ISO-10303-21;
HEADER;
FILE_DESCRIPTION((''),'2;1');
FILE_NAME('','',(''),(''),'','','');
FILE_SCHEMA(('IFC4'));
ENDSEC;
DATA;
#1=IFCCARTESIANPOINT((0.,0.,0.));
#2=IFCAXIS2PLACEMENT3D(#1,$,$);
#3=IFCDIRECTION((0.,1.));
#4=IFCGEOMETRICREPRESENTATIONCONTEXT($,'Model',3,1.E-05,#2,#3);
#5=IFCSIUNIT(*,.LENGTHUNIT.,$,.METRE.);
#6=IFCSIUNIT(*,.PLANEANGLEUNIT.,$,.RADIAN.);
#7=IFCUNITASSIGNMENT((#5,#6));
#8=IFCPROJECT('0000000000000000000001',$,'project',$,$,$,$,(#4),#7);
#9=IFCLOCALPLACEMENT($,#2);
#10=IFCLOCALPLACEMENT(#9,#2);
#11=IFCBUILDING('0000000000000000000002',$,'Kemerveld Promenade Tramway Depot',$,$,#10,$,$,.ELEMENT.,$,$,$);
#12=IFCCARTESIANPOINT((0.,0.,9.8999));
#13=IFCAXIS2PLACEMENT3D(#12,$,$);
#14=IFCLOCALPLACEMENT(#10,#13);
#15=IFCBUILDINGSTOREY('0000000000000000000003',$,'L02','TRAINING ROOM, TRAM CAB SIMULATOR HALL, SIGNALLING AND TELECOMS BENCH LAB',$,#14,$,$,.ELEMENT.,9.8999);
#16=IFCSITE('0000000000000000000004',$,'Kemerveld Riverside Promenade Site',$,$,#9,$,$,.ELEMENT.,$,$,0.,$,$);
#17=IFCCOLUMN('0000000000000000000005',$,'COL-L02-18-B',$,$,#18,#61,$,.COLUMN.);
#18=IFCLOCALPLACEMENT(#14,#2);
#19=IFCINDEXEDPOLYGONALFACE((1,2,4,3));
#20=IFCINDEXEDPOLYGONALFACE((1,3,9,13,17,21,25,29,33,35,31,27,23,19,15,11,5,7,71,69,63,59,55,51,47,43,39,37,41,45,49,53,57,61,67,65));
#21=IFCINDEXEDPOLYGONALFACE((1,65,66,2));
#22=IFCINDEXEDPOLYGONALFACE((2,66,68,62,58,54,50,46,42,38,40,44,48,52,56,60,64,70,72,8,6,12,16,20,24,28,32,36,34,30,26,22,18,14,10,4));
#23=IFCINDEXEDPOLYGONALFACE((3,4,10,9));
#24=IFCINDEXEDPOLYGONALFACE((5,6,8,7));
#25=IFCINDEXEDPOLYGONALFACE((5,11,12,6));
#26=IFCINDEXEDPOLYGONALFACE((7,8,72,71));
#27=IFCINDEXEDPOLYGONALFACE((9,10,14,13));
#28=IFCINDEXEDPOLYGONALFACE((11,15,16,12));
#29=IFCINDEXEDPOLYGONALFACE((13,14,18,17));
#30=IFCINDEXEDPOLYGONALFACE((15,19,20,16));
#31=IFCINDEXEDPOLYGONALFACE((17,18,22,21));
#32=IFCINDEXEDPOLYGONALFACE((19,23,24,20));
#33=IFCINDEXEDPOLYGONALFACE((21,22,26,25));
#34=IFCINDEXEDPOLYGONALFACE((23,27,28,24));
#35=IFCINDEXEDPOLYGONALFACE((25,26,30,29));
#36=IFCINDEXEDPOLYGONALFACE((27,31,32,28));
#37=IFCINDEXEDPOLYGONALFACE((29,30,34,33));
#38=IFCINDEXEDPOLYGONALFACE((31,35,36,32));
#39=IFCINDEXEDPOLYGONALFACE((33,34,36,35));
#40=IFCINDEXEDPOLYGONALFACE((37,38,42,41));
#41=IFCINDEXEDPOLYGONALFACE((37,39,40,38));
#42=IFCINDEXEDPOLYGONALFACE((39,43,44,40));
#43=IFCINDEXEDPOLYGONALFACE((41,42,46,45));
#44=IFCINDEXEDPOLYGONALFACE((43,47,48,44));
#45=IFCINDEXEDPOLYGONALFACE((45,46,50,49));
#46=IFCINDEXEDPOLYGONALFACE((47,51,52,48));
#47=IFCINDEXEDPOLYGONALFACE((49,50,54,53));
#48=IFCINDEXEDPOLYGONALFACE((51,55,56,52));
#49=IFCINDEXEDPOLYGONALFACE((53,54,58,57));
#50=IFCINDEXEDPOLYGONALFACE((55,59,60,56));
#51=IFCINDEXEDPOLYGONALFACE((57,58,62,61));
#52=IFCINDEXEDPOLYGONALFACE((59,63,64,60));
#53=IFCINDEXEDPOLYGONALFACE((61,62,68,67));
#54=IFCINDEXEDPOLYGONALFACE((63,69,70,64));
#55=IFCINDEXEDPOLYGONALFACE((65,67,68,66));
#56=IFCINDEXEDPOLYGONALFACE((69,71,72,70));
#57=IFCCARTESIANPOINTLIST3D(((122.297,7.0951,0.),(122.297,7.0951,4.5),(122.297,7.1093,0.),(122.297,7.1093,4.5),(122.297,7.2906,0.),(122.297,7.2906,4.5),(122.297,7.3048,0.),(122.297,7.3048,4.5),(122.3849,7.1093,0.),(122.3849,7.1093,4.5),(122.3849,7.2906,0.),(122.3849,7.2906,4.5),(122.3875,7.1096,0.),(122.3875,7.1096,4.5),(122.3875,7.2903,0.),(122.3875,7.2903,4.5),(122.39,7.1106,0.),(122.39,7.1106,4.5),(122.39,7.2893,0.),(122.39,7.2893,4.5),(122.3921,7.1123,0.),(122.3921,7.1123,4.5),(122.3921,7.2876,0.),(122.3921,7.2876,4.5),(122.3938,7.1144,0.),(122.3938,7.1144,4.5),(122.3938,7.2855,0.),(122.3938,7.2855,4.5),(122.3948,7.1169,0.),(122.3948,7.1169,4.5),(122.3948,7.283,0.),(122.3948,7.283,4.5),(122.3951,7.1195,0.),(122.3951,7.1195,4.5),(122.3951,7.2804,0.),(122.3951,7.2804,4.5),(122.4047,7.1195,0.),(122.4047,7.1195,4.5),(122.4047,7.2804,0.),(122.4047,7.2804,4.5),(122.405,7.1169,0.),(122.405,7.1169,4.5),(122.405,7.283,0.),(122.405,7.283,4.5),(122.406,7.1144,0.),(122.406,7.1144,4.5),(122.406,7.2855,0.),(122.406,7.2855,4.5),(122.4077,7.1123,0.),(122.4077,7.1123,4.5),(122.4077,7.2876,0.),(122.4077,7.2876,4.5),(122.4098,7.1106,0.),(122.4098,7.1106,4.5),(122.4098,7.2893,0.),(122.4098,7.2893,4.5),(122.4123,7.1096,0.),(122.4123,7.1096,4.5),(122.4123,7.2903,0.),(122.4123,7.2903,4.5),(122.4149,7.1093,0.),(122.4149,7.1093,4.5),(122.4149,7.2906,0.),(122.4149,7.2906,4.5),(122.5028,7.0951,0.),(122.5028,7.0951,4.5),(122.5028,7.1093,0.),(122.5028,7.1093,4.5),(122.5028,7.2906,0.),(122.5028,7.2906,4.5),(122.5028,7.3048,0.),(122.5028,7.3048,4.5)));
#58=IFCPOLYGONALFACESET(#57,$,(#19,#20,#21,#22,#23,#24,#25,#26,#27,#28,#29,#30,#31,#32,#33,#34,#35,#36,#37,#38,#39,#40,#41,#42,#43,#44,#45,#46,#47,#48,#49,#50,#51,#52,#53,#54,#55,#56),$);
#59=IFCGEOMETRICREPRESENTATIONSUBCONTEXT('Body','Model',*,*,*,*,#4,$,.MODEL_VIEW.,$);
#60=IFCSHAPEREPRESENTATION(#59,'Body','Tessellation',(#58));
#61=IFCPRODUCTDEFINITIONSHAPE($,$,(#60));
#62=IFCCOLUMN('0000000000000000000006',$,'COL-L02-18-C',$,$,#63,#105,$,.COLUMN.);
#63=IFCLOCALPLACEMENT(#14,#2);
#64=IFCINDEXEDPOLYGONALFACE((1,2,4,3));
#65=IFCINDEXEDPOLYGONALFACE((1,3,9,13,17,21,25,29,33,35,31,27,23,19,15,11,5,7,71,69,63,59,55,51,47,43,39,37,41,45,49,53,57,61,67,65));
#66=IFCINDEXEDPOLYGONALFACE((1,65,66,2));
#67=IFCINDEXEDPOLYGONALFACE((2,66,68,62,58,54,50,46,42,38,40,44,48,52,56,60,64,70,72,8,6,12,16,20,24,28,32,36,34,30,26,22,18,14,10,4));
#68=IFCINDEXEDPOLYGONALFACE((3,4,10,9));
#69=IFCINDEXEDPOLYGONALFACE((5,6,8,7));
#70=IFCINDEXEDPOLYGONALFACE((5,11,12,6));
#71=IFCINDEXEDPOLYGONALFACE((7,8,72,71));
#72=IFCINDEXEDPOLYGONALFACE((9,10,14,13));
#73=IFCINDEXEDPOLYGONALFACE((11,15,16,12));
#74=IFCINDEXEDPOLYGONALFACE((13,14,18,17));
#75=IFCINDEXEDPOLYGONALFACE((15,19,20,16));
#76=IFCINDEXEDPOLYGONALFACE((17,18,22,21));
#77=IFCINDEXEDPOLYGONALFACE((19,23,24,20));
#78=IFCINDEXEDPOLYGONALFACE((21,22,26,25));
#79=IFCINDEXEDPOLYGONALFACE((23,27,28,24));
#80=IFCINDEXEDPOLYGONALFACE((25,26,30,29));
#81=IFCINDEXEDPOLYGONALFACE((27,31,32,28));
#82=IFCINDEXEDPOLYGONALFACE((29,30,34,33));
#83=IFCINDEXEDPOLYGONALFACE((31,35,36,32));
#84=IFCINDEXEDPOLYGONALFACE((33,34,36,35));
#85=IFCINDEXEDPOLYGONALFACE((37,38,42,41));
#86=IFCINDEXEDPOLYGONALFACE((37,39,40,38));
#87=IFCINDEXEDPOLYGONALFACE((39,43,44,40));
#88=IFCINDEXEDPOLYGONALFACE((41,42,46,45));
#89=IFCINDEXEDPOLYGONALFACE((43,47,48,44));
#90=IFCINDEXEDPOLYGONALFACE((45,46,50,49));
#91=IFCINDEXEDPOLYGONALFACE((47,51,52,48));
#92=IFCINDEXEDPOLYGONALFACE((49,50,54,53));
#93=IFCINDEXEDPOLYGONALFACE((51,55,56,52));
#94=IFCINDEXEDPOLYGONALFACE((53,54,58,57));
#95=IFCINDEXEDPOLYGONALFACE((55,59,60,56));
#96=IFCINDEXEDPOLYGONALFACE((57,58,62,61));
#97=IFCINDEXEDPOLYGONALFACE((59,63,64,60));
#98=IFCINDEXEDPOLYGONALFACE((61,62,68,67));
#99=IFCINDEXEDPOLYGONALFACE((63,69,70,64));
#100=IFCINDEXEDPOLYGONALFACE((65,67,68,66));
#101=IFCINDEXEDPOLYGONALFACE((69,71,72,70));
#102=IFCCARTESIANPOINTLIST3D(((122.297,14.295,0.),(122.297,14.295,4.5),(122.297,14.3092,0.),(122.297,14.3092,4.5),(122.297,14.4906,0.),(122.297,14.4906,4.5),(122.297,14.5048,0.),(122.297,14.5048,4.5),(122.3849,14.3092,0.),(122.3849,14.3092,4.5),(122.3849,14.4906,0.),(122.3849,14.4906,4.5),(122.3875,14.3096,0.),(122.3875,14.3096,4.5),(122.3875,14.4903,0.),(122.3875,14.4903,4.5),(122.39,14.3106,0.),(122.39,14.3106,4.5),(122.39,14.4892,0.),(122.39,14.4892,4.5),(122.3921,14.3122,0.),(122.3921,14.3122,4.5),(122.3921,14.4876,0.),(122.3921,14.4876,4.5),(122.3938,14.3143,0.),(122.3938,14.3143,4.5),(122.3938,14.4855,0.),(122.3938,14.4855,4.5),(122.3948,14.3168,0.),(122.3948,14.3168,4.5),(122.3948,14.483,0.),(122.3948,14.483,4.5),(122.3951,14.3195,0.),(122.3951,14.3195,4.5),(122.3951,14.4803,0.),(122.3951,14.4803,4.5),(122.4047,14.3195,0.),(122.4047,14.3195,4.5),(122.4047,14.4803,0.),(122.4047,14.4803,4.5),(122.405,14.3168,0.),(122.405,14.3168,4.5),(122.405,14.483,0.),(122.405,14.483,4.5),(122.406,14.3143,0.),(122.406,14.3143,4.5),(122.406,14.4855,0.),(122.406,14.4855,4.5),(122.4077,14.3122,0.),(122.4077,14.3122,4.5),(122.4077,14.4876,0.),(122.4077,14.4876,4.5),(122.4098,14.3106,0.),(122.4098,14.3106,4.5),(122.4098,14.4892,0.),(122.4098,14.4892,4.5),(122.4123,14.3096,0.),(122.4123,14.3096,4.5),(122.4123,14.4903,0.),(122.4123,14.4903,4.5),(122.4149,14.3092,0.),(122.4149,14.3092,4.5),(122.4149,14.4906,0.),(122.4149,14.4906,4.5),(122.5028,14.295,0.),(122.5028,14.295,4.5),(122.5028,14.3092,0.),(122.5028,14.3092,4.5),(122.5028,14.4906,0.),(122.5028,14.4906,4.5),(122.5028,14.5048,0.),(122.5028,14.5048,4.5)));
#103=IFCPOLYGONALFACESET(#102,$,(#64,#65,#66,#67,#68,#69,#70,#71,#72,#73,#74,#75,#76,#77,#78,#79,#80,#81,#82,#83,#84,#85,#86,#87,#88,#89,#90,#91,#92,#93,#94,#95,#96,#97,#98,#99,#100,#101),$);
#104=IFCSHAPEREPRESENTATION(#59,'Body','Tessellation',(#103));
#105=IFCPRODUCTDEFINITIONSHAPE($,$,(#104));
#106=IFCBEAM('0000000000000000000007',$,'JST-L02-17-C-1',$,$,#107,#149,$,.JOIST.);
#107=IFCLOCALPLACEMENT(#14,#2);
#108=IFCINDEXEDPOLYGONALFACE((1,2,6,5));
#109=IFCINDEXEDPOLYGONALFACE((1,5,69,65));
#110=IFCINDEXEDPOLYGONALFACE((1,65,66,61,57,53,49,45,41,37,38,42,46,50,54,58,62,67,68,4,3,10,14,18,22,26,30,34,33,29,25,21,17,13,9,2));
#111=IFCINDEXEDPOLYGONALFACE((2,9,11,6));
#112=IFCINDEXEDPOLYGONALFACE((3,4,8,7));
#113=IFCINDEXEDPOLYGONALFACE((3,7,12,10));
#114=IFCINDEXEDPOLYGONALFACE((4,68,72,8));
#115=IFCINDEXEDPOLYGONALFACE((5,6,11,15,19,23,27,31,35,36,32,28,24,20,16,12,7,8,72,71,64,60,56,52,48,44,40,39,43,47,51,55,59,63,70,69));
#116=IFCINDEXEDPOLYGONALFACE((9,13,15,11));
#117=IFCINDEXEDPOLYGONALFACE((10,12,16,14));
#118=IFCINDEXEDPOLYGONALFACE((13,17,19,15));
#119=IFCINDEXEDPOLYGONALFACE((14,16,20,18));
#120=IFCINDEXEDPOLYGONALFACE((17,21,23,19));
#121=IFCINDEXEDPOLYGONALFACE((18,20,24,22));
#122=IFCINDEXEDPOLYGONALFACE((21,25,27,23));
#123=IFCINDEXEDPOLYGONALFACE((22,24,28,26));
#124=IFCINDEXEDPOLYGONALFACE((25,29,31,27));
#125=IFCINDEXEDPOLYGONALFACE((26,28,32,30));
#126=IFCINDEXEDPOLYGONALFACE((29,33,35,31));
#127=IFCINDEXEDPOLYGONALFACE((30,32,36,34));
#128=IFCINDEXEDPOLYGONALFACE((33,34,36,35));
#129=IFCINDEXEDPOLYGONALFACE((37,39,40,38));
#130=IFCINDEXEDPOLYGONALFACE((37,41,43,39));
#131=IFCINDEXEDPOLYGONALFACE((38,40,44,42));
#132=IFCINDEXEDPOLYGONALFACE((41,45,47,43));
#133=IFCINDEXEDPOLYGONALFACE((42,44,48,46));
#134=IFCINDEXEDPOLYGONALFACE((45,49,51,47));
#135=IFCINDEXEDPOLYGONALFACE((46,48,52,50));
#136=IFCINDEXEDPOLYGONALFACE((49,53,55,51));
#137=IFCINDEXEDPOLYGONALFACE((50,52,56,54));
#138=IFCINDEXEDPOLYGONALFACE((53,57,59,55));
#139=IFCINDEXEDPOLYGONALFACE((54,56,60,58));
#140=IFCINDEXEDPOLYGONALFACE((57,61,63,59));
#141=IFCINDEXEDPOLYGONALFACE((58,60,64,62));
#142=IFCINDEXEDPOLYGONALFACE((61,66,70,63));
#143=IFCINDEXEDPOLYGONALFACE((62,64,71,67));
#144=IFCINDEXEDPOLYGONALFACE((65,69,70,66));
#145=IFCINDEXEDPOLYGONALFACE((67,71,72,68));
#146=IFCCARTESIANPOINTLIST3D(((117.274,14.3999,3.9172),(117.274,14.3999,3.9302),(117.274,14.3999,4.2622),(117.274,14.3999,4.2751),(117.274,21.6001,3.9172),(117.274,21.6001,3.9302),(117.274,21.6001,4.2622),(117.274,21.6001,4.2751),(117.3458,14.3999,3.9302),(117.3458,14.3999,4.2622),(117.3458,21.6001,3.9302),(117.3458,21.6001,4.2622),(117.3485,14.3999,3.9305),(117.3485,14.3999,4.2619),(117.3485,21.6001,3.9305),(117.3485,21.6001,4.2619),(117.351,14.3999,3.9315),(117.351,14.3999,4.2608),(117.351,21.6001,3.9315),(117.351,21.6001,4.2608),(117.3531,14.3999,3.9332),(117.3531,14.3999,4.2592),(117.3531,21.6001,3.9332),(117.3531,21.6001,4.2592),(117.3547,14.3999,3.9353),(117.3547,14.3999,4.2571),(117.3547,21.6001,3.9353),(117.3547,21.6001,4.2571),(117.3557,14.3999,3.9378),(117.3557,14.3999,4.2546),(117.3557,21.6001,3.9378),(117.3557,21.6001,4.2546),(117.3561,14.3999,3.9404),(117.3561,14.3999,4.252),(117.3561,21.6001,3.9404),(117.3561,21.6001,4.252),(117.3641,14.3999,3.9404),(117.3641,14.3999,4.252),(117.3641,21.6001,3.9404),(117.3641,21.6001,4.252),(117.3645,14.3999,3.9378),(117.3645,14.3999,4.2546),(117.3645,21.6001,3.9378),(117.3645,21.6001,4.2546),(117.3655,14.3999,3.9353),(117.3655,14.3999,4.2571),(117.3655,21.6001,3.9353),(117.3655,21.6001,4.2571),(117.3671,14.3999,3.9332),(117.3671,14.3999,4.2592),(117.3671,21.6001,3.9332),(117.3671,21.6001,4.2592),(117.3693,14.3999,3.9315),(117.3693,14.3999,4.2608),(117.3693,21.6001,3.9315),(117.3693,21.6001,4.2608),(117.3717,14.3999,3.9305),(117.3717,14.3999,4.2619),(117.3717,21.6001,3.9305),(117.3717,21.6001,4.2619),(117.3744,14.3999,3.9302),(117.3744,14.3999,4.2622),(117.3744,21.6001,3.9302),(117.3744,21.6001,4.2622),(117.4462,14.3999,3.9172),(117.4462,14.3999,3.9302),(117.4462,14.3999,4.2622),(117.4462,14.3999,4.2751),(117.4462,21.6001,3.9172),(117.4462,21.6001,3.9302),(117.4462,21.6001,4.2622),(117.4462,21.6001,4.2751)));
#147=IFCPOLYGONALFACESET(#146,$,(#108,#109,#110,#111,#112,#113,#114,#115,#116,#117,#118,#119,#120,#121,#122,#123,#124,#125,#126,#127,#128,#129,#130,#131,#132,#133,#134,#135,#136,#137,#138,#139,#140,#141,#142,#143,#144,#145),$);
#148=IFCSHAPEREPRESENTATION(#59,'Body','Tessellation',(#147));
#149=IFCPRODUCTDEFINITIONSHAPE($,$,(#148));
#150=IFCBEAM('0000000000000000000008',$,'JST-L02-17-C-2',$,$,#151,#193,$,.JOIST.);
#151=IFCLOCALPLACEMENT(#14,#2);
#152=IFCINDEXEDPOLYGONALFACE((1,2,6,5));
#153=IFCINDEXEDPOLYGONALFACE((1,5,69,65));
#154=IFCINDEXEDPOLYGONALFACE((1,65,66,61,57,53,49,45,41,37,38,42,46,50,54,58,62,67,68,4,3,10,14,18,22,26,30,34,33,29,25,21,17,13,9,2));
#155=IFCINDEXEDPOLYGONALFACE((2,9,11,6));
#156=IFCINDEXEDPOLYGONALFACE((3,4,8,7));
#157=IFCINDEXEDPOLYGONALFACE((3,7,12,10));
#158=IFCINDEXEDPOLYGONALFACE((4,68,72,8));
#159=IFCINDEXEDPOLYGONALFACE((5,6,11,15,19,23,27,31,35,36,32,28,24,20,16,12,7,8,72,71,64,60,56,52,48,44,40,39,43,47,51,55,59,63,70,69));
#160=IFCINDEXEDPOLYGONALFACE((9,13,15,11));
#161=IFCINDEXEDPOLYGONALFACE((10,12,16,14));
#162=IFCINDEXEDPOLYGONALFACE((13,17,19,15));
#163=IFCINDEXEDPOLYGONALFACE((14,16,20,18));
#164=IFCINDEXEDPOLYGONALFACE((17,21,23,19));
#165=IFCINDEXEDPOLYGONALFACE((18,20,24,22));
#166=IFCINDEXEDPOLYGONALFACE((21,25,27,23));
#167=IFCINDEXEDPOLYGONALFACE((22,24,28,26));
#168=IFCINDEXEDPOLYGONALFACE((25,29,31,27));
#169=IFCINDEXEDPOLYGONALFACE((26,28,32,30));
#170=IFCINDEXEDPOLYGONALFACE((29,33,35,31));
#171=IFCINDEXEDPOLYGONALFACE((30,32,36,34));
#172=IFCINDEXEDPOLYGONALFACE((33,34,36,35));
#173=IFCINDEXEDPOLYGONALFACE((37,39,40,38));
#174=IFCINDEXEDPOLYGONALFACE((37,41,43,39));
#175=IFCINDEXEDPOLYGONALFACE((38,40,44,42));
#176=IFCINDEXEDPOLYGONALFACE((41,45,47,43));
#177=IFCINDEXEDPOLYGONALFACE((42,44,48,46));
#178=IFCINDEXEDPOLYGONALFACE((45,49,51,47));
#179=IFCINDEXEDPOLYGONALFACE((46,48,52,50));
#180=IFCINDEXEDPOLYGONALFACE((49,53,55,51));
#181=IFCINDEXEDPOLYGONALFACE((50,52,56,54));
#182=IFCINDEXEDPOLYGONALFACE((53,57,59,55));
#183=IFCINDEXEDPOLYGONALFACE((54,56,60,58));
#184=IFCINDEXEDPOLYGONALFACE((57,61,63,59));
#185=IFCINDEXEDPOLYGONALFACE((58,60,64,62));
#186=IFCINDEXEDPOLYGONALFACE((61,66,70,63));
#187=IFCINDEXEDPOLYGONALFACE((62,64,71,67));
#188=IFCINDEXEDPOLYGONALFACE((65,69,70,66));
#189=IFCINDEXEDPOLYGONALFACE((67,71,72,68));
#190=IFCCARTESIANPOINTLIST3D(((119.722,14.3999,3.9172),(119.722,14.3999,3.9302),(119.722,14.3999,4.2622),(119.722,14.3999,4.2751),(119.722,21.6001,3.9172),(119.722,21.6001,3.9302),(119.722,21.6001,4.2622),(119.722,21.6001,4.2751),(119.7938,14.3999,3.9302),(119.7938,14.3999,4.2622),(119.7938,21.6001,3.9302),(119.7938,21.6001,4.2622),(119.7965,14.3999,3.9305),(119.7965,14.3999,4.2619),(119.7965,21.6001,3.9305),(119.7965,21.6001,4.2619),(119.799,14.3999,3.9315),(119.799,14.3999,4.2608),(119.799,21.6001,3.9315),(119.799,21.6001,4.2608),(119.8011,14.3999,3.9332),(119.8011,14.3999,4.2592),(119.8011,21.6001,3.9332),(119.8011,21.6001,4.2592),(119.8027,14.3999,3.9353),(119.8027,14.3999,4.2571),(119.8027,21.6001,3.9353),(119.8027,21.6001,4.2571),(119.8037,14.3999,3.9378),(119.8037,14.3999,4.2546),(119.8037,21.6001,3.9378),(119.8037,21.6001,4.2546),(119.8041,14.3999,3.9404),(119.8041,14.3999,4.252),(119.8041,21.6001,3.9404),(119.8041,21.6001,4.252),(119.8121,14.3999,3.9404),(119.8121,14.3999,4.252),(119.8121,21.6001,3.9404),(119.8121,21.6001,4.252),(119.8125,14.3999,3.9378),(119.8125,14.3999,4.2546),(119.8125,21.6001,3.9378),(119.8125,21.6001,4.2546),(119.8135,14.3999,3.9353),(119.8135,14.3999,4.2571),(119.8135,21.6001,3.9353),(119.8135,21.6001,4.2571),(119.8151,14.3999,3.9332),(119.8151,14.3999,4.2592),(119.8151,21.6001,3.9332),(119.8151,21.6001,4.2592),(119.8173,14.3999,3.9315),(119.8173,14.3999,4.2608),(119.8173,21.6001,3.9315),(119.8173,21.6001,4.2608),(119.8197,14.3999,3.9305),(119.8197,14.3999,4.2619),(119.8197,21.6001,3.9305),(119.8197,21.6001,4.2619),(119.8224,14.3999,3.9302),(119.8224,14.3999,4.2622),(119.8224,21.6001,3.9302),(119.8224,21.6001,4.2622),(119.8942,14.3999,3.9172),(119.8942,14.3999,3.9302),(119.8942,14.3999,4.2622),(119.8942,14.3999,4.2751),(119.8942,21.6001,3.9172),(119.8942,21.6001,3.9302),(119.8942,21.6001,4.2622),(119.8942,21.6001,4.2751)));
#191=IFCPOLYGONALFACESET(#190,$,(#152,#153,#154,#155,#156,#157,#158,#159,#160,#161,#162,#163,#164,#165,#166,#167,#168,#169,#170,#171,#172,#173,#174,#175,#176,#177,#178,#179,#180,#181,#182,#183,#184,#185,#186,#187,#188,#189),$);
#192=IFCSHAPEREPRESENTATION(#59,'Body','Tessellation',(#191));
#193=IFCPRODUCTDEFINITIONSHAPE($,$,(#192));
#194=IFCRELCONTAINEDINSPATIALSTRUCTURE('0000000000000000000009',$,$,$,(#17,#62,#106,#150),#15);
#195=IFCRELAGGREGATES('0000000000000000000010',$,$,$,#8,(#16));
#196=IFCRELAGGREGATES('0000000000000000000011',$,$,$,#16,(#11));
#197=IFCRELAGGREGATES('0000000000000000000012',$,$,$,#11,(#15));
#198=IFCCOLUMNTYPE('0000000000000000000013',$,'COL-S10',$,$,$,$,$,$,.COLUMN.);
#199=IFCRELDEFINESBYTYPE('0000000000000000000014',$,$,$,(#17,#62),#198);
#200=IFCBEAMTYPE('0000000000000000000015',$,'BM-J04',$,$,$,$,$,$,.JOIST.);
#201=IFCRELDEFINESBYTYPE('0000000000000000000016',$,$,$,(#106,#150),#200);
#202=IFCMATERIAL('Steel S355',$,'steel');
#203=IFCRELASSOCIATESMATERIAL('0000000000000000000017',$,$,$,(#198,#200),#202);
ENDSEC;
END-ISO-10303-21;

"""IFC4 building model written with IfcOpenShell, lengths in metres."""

from ifc_helpers import new_model, si_unit, direction, frame, origin, origin_2d, place, context, subcontext, project, spatial, i_section, extrude, material, material_profile, profile_set, type_object, element, save


model = new_model("IFC4")

# Units and contexts
model_context = context("Model", 3, precision=1e-05, world=origin(), true_north=direction((0.0, 1.0)))
body_context = subcontext(model_context, "Body", "Model", "MODEL_VIEW")
ifc_project = project(units=[si_unit("LENGTHUNIT", "METRE"), si_unit("PLANEANGLEUNIT", "RADIAN")], contexts=[model_context])

# Site, building, storey
site_placement = place(None, origin())
site = spatial("IfcSite", under=ifc_project, at=site_placement, Name="Kemerveld Riverside Promenade Site", CompositionType="ELEMENT", RefElevation=0.0)
building_placement = place(site_placement, origin())
building = spatial("IfcBuilding", under=site, at=building_placement, Name="Kemerveld Promenade Tramway Depot", CompositionType="ELEMENT")
storey_placement = place(building_placement, frame((0.0, 0.0, 9.8999)))
storey = spatial("IfcBuildingStorey", under=building, at=storey_placement, Name="L02", Description="TRAINING ROOM, TRAM CAB SIMULATOR HALL, SIGNALLING AND TELECOMS BENCH LAB", CompositionType="ELEMENT", Elevation=9.8999)

# Columns
ifc_material_1 = material(Name="Steel S355", Category="steel")
ifc_material_profile_1 = material_profile(ifc_material_1, i_section(OverallWidth=0.2058, OverallDepth=0.2097, WebThickness=0.0095, FlangeThickness=0.0142, FilletRadius=0.0103, at=origin_2d()), Name="203x203x60 UC")
ifc_profile_set_1 = profile_set([ifc_material_profile_1], Name="Steel S355")
column_type = type_object("IfcColumnType", Name="COL-S10", PredefinedType="COLUMN", material=ifc_profile_set_1)
for number, where, z_axis, x_axis, name in (
    (1, (122.3999, 7.2, 0.0), (0.0, 0.0, 1.0), (1.0, 0.0, 0.0), "COL-L02-18-B"),
    (2, (122.3999, 14.3999, 0.0), (0.0, 0.0, 1.0), (1.0, 0.0, 0.0), "COL-L02-18-C"),
):
    element("IfcColumn", number, at=place(storey_placement, frame(where, z_axis=z_axis, x_axis=x_axis)), inside=storey, type_object=column_type, Name=name, PredefinedType="COLUMN", context=body_context, shape_type="SweptSolid", body=[
        extrude(i_section(OverallWidth=0.2058, OverallDepth=0.2097, WebThickness=0.0095, FlangeThickness=0.0142, FilletRadius=0.0103, at=origin_2d()), origin(), (0.0, 0.0, 1.0), 4.5),
    ])

# Beams
ifc_material_profile_2 = material_profile(ifc_material_1, i_section(OverallWidth=0.1721, OverallDepth=0.3579, WebThickness=0.0081, FlangeThickness=0.0129, FilletRadius=0.0103, at=origin_2d()), Name="356x171x57 UB")
ifc_profile_set_2 = profile_set([ifc_material_profile_2], Name="Steel S355")
beam_type = type_object("IfcBeamType", Name="BM-J04", PredefinedType="JOIST", material=ifc_profile_set_2)
for number, where, z_axis, x_axis, name in (
    (3, (117.3601, 14.3999, 4.0962), (0.0, 1.0, 0.0), (-1.0, 0.0, 0.0), "JST-L02-17-C-1"),
    (4, (119.8081, 14.3999, 4.0962), (0.0, 1.0, 0.0), (-1.0, 0.0, 0.0), "JST-L02-17-C-2"),
):
    element("IfcBeam", number, at=place(storey_placement, frame(where, z_axis=z_axis, x_axis=x_axis)), inside=storey, type_object=beam_type, Name=name, PredefinedType="JOIST", context=body_context, shape_type="SweptSolid", body=[
        extrude(i_section(OverallWidth=0.1721, OverallDepth=0.3579, WebThickness=0.0081, FlangeThickness=0.0129, FilletRadius=0.0103, at=origin_2d()), origin(), (0.0, 0.0, 1.0), 7.2002),
    ])

save(model, "model.ifc")
